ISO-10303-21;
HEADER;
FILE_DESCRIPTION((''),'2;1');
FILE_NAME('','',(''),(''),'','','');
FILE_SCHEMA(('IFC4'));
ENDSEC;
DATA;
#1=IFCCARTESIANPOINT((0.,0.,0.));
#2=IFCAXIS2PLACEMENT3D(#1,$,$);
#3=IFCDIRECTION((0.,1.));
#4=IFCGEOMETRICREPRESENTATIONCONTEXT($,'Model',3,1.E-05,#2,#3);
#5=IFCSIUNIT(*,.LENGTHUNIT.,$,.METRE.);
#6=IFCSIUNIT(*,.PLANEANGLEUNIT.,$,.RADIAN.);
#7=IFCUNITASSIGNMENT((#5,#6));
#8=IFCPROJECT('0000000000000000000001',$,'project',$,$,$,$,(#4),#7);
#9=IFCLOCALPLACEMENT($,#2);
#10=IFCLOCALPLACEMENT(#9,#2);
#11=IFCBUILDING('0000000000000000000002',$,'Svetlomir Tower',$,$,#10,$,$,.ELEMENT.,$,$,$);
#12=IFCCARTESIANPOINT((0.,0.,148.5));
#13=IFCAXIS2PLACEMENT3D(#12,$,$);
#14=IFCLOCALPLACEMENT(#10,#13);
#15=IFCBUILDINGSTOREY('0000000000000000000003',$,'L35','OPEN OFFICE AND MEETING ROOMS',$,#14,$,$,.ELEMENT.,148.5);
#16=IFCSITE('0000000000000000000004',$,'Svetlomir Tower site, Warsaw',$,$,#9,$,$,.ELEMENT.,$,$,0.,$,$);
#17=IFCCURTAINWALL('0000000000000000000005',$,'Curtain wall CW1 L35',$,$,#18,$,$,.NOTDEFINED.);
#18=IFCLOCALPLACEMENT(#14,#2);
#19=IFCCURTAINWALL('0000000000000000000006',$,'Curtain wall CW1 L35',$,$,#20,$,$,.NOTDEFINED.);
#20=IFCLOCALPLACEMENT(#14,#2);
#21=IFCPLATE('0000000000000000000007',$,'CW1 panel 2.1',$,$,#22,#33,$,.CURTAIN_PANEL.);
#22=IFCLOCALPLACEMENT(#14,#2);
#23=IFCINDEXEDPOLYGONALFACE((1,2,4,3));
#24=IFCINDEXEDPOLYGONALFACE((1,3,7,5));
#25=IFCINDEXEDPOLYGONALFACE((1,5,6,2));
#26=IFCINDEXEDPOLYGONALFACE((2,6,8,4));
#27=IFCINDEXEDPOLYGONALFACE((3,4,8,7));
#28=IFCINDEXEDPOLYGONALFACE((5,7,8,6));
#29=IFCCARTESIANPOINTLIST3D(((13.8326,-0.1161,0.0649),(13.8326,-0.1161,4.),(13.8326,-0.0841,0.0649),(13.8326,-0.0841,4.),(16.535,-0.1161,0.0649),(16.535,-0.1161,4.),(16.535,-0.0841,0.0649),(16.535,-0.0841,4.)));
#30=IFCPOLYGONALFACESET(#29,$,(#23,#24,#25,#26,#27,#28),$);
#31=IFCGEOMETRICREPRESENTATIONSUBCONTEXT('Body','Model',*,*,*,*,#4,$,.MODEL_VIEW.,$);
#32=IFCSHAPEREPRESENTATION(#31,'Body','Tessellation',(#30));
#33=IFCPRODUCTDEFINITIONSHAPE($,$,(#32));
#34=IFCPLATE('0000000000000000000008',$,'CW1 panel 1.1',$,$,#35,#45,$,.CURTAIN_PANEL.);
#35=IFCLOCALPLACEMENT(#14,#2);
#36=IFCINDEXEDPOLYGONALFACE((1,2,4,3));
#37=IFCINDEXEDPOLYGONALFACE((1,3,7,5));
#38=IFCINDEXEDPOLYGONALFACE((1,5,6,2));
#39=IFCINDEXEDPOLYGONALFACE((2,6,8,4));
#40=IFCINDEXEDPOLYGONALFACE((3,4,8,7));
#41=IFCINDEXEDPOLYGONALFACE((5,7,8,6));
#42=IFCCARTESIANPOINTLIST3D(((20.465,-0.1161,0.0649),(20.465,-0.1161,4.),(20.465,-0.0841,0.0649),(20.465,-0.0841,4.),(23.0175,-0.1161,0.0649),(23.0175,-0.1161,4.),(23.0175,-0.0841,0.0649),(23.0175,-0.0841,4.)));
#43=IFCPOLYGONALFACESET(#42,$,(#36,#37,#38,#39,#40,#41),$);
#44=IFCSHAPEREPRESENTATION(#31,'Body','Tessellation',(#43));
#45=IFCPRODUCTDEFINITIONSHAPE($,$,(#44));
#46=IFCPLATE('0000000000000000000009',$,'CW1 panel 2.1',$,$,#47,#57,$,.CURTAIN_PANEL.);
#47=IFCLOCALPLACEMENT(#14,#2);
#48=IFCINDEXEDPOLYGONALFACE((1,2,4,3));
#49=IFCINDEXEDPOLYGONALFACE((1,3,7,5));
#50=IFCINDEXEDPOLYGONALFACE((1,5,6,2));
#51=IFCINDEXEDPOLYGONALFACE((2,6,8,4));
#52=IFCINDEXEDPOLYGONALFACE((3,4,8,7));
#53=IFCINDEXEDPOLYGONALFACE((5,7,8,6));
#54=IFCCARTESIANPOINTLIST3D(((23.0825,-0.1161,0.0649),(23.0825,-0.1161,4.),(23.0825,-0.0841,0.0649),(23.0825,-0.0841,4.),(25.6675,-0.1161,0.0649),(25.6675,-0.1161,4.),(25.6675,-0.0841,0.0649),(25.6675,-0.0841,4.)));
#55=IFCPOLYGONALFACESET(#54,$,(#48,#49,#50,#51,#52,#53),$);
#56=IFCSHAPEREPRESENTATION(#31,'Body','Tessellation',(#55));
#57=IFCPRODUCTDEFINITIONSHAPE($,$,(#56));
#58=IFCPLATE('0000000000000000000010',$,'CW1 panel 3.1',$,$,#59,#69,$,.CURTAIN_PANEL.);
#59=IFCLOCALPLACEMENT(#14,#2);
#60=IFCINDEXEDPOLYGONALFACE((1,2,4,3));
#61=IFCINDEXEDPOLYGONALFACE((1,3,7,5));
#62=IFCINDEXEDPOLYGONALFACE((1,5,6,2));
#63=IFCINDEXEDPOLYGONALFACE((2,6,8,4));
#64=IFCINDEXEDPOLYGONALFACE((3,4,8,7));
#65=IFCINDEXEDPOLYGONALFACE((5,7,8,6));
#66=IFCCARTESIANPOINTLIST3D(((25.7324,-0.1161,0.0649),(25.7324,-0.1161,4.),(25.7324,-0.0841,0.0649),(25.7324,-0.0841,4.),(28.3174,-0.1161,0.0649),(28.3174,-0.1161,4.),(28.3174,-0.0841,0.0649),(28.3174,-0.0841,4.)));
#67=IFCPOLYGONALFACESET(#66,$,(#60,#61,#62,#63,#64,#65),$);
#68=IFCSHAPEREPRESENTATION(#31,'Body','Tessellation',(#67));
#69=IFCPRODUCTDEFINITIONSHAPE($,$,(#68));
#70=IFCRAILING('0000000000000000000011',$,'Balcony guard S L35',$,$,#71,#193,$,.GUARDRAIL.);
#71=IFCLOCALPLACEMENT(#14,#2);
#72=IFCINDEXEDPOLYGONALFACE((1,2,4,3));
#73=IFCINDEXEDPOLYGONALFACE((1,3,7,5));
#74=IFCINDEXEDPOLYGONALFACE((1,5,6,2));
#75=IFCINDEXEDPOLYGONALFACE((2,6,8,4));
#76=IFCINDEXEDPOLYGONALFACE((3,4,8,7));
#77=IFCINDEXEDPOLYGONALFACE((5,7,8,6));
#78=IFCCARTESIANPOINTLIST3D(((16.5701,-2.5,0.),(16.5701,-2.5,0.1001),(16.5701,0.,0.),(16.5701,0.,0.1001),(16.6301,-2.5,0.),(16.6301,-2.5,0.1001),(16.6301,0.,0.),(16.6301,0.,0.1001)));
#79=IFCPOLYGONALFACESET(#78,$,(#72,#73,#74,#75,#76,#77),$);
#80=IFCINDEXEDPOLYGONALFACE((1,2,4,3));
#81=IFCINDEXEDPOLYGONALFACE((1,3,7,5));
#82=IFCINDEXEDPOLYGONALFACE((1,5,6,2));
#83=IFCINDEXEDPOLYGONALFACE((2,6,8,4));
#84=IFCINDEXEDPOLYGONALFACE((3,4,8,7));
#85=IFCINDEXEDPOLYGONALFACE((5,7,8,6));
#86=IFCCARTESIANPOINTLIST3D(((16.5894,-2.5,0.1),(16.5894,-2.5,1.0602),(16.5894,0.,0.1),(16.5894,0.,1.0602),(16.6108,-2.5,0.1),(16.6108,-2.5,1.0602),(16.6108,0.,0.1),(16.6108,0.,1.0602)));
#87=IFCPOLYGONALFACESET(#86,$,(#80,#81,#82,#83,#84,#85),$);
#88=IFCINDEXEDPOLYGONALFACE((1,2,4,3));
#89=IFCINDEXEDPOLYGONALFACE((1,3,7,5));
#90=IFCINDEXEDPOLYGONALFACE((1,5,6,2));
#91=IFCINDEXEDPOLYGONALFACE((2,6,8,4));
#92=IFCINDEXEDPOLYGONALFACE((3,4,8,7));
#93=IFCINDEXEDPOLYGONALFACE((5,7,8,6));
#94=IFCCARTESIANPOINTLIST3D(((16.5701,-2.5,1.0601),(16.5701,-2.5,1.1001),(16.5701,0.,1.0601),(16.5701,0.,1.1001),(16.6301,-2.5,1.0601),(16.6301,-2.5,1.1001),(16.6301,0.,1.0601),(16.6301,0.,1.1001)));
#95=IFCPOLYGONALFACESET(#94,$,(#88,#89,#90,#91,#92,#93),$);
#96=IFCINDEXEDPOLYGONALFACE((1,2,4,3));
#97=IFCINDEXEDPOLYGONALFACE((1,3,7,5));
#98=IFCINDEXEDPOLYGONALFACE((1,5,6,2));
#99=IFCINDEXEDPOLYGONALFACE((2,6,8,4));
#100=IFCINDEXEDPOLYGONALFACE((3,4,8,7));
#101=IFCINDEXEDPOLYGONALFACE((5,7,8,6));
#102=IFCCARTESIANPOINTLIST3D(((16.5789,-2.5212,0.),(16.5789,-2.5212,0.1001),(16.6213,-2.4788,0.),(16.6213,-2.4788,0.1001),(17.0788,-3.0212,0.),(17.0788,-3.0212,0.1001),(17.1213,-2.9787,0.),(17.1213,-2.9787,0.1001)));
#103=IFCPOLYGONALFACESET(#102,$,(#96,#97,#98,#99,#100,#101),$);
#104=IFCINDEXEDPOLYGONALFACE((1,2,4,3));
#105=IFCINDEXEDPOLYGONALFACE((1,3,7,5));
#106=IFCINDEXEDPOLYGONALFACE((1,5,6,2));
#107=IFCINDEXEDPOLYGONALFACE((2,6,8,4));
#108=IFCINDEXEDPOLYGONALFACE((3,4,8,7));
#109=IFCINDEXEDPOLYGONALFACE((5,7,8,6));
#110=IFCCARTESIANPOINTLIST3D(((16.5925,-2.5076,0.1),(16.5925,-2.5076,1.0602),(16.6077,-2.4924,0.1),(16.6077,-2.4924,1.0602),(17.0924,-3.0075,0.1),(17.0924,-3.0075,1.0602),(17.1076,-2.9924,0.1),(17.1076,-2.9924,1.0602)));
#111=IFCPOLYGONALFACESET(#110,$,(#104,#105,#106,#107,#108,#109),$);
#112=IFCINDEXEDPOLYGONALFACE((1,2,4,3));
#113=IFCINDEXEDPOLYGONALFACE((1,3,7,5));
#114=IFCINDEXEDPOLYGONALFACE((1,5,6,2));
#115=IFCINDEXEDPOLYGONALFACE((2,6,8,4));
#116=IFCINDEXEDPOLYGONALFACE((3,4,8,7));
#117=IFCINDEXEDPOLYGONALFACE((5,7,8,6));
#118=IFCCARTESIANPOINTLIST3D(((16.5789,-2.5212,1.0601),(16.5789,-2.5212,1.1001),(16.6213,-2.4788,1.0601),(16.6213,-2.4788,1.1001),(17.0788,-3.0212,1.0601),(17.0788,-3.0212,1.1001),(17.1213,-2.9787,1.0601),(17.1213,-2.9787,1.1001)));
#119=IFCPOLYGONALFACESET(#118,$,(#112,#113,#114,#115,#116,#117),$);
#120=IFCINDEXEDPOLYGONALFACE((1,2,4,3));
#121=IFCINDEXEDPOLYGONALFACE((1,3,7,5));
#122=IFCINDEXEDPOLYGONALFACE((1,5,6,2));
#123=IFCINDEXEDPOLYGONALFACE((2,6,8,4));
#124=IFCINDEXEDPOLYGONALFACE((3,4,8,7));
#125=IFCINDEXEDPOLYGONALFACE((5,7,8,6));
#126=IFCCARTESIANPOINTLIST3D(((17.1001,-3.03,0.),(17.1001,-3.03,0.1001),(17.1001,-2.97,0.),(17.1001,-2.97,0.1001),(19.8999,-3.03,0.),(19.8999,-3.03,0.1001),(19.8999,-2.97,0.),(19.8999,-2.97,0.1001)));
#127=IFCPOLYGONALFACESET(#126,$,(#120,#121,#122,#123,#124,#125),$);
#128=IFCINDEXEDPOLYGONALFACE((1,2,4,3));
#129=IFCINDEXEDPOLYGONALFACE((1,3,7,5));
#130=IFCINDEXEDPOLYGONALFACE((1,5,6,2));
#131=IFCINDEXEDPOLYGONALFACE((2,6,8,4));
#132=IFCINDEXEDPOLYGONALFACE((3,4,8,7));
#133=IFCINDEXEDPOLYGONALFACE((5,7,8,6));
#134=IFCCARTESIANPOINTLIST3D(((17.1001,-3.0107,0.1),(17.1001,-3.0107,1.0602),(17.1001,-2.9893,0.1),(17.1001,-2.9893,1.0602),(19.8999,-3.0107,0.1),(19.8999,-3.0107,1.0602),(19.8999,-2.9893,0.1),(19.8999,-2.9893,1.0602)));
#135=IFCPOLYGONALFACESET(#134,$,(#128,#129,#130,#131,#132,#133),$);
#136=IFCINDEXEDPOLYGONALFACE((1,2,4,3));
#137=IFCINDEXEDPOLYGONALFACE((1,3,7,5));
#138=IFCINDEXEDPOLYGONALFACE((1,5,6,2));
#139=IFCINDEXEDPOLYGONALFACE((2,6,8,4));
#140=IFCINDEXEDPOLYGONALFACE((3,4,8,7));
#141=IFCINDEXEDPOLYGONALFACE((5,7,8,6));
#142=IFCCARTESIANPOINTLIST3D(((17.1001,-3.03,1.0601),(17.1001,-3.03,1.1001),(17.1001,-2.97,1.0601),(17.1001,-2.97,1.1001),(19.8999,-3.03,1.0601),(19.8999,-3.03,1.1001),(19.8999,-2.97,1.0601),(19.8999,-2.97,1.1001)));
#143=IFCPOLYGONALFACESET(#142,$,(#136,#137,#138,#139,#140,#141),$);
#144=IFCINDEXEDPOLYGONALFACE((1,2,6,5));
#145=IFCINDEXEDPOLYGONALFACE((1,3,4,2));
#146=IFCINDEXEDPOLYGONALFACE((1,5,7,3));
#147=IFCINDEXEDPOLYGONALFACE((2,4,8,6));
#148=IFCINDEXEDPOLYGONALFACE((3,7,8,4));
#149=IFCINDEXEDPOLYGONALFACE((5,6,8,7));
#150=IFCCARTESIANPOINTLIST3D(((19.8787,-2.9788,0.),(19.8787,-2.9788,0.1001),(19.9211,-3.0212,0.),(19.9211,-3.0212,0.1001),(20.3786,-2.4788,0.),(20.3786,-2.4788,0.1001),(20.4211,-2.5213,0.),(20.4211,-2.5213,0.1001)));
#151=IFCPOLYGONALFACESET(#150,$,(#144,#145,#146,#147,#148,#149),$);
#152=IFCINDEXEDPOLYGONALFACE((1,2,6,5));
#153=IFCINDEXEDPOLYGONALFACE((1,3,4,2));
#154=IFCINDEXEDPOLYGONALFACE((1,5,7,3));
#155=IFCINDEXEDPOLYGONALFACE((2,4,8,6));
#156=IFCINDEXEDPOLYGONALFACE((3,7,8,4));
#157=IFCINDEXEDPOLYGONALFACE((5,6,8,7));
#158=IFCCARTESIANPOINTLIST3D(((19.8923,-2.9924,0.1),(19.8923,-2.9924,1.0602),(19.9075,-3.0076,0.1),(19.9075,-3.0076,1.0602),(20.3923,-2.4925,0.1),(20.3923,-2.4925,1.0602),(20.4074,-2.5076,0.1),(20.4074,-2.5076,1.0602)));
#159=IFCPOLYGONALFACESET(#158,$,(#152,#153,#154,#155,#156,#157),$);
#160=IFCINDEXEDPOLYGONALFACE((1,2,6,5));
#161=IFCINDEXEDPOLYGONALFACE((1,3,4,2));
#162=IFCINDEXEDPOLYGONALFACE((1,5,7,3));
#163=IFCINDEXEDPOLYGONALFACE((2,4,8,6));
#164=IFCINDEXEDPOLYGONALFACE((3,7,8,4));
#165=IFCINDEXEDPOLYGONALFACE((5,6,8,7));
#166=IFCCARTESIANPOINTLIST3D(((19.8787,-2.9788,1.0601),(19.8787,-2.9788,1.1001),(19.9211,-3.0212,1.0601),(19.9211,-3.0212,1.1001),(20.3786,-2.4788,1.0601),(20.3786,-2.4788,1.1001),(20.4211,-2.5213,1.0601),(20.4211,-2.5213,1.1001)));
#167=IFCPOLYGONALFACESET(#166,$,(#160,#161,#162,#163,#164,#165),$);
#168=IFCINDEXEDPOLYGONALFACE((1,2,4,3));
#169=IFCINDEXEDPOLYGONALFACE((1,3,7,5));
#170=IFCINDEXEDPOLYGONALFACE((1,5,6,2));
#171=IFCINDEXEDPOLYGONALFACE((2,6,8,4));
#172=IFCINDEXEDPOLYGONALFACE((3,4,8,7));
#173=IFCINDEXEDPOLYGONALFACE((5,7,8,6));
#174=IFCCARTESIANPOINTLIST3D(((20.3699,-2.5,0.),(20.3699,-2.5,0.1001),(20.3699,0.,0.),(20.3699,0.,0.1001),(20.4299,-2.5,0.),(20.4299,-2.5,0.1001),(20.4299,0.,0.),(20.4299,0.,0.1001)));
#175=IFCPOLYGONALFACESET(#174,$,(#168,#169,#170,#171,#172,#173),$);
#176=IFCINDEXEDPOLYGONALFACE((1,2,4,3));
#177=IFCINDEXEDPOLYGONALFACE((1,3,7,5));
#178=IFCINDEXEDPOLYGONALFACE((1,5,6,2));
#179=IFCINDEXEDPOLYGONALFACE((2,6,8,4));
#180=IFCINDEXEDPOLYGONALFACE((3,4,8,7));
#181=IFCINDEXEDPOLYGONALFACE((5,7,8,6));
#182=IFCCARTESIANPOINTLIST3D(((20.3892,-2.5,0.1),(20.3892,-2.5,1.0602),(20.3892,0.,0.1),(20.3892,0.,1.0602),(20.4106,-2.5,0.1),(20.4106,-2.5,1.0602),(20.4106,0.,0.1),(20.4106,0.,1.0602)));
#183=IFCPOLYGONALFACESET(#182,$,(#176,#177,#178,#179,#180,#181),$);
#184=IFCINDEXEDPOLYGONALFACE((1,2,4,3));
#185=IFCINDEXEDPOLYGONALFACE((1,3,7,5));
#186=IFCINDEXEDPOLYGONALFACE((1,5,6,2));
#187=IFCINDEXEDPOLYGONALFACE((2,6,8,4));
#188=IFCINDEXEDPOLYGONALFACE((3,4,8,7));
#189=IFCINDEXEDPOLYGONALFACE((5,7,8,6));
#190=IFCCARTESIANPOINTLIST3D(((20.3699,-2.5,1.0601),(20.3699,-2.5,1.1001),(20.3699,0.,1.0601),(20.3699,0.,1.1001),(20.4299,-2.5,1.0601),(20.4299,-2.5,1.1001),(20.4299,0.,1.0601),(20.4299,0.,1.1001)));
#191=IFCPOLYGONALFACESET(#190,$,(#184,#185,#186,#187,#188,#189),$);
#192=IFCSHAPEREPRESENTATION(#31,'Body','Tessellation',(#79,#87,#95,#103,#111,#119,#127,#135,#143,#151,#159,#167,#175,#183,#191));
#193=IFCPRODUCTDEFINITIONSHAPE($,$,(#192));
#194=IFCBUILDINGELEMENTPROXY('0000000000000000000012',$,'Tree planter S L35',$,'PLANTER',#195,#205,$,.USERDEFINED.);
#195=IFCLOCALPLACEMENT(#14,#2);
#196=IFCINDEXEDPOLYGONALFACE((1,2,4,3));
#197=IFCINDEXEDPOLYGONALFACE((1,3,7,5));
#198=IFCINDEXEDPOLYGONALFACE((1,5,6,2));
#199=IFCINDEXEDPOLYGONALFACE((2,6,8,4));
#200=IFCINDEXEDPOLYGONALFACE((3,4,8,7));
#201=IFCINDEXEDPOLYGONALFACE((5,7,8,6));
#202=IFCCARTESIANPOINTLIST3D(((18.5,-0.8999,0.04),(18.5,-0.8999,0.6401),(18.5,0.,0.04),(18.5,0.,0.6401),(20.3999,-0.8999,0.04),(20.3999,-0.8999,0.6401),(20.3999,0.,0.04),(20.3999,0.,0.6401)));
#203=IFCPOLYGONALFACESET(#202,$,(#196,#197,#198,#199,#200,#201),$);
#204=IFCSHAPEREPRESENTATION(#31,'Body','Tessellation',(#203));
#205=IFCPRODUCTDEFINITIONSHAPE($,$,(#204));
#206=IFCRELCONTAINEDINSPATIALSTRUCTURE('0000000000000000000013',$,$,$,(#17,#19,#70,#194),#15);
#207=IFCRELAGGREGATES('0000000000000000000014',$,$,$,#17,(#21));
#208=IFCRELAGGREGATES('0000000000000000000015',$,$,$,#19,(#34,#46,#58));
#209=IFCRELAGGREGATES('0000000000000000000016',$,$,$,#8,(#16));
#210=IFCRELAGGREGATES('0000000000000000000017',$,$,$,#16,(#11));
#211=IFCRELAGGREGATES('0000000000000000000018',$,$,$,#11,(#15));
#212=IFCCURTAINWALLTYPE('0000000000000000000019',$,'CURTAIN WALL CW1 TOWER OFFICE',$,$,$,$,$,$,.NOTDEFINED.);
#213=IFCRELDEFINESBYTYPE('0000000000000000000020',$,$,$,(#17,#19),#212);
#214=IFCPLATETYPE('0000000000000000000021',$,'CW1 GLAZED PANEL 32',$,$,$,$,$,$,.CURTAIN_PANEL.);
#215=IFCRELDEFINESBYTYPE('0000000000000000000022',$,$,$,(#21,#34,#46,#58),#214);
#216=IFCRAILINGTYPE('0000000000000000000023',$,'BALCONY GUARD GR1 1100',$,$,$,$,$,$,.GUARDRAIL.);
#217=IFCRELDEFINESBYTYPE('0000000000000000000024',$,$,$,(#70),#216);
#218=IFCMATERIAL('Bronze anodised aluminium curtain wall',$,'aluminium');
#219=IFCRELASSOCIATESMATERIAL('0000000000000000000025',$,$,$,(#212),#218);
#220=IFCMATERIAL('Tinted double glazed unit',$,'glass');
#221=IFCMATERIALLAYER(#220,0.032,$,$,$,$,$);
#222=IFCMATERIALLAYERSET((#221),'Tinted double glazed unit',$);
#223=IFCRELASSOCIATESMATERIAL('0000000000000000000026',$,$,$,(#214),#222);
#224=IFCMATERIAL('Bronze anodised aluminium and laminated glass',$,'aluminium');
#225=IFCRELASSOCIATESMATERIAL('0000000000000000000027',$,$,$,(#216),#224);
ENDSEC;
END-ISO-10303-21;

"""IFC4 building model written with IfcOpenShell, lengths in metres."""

from ifc_helpers import new_model, si_unit, direction, frame, origin, origin_2d, place, context, subcontext, project, spatial, rectangle, extrude, material, layer, layer_set, type_object, element, aggregate, save


model = new_model("IFC4")

# Units and contexts
model_context = context("Model", 3, precision=1e-05, world=origin(), true_north=direction((0.0, 1.0)))
body_context = subcontext(model_context, "Body", "Model", "MODEL_VIEW")
ifc_project = project(units=[si_unit("LENGTHUNIT", "METRE"), si_unit("PLANEANGLEUNIT", "RADIAN")], contexts=[model_context])

# Site, building, storey
site_placement = place(None, origin())
site = spatial("IfcSite", under=ifc_project, at=site_placement, Name="Svetlomir Tower site, Warsaw", CompositionType="ELEMENT", RefElevation=0.0)
building_placement = place(site_placement, origin())
building = spatial("IfcBuilding", under=site, at=building_placement, Name="Svetlomir Tower", CompositionType="ELEMENT")
storey_placement = place(building_placement, frame((0.0, 0.0, 148.5)))
storey = spatial("IfcBuildingStorey", under=building, at=storey_placement, Name="L35", Description="OPEN OFFICE AND MEETING ROOMS", CompositionType="ELEMENT", Elevation=148.5)

# Curtain wall
ifc_material_1 = material(Name="Bronze anodised aluminium curtain wall", Category="aluminium")
curtain_wall_type = type_object("IfcCurtainWallType", Name="CURTAIN WALL CW1 TOWER OFFICE", PredefinedType="NOTDEFINED", material=ifc_material_1)
curtain_wall_1_placement = place(storey_placement, origin())
curtain_wall_1 = element("IfcCurtainWall", 1, at=curtain_wall_1_placement, inside=storey, type_object=curtain_wall_type, Name="Curtain wall CW1 L35", PredefinedType="NOTDEFINED")

# Curtain wall
curtain_wall_2_placement = place(storey_placement, origin())
curtain_wall_2 = element("IfcCurtainWall", 2, at=curtain_wall_2_placement, inside=storey, type_object=curtain_wall_type, Name="Curtain wall CW1 L35", PredefinedType="NOTDEFINED")

# Plates
ifc_material_2 = material(Name="Tinted double glazed unit", Category="glass")
ifc_layer_1 = layer(ifc_material_2, 0.032)
ifc_layer_set_1 = layer_set([ifc_layer_1], Name="Tinted double glazed unit")
plate_type = type_object("IfcPlateType", Name="CW1 GLAZED PANEL 32", PredefinedType="CURTAIN_PANEL", material=ifc_layer_set_1)
plate_1_placement = place(storey_placement, frame((15.1838, -0.1001, 0.0649), z_axis=(0.0, 0.0, 1.0), x_axis=(1.0, 0.0, 0.0)))
plate_1 = element("IfcPlate", 3, at=plate_1_placement, type_object=plate_type, Name="CW1 panel 2.1", PredefinedType="CURTAIN_PANEL", context=body_context, shape_type="SweptSolid", body=[
    extrude(rectangle(XDim=2.7024, YDim=0.032, at=origin_2d()), origin(), (0.0, 0.0, 1.0), 3.9351),
])
aggregate(curtain_wall_1, [plate_1])
plate_2_placement = place(storey_placement, frame((21.7412, -0.1001, 0.0649), z_axis=(0.0, 0.0, 1.0), x_axis=(1.0, 0.0, 0.0)))
plate_2 = element("IfcPlate", 4, at=plate_2_placement, type_object=plate_type, Name="CW1 panel 1.1", PredefinedType="CURTAIN_PANEL", context=body_context, shape_type="SweptSolid", body=[
    extrude(rectangle(XDim=2.5525, YDim=0.032, at=origin_2d()), origin(), (0.0, 0.0, 1.0), 3.9351),
])
plate_3_placement = place(storey_placement, frame((24.375, -0.1001, 0.0649), z_axis=(0.0, 0.0, 1.0), x_axis=(1.0, 0.0, 0.0)))
plate_3 = element("IfcPlate", 5, at=plate_3_placement, type_object=plate_type, Name="CW1 panel 2.1", PredefinedType="CURTAIN_PANEL", context=body_context, shape_type="SweptSolid", body=[
    extrude(rectangle(XDim=2.585, YDim=0.032, at=origin_2d()), origin(), (0.0, 0.0, 1.0), 3.9351),
])
plate_4_placement = place(storey_placement, frame((27.0249, -0.1001, 0.0649), z_axis=(0.0, 0.0, 1.0), x_axis=(1.0, 0.0, 0.0)))
plate_4 = element("IfcPlate", 6, at=plate_4_placement, type_object=plate_type, Name="CW1 panel 3.1", PredefinedType="CURTAIN_PANEL", context=body_context, shape_type="SweptSolid", body=[
    extrude(rectangle(XDim=2.585, YDim=0.032, at=origin_2d()), origin(), (0.0, 0.0, 1.0), 3.9351),
])
aggregate(curtain_wall_2, [plate_2, plate_3, plate_4])

# Railing
ifc_material_3 = material(Name="Bronze anodised aluminium and laminated glass", Category="aluminium")
railing_type = type_object("IfcRailingType", Name="BALCONY GUARD GR1 1100", PredefinedType="GUARDRAIL", material=ifc_material_3)
railing_placement = place(storey_placement, frame((16.6001, 0.0, 0.0)))
element("IfcRailing", 7, at=railing_placement, inside=storey, type_object=railing_type, Name="Balcony guard S L35", PredefinedType="GUARDRAIL", context=body_context, shape_type="SweptSolid", body=[
    extrude(rectangle(XDim=0.0601, YDim=0.1001, at=origin_2d()), frame((0.0, 0.0, 0.05), z_axis=(0.0, -1.0, 0.0), x_axis=(1.0, 0.0, 0.0)), (0.0, 0.0, 1.0), 2.5),
    extrude(rectangle(XDim=0.0215, YDim=0.9602, at=origin_2d()), frame((0.0, 0.0, 0.5801), z_axis=(0.0, -1.0, 0.0), x_axis=(1.0, 0.0, 0.0)), (0.0, 0.0, 1.0), 2.5),
    extrude(rectangle(XDim=0.0601, YDim=0.04, at=origin_2d()), frame((0.0, 0.0, 1.0801), z_axis=(0.0, -1.0, 0.0), x_axis=(1.0, 0.0, 0.0)), (0.0, 0.0, 1.0), 2.5),
    extrude(rectangle(XDim=0.0601, YDim=0.1001, at=origin_2d()), frame((0.0, -2.5, 0.05), z_axis=(0.707107, -0.707107, 0.0), x_axis=(0.707107, 0.707107, 0.0)), (0.0, 0.0, 1.0), 0.707),
    extrude(rectangle(XDim=0.0215, YDim=0.9602, at=origin_2d()), frame((0.0, -2.5, 0.5801), z_axis=(0.707107, -0.707107, 0.0), x_axis=(0.707107, 0.707107, 0.0)), (0.0, 0.0, 1.0), 0.707),
    extrude(rectangle(XDim=0.0601, YDim=0.04, at=origin_2d()), frame((0.0, -2.5, 1.0801), z_axis=(0.707107, -0.707107, 0.0), x_axis=(0.707107, 0.707107, 0.0)), (0.0, 0.0, 1.0), 0.707),
    extrude(rectangle(XDim=0.0601, YDim=0.1001, at=origin_2d()), frame((0.5, -3.0, 0.05), z_axis=(1.0, 0.0, 0.0), x_axis=(0.0, 1.0, 0.0)), (0.0, 0.0, 1.0), 2.7998),
    extrude(rectangle(XDim=0.0215, YDim=0.9602, at=origin_2d()), frame((0.5, -3.0, 0.5801), z_axis=(1.0, 0.0, 0.0), x_axis=(0.0, 1.0, 0.0)), (0.0, 0.0, 1.0), 2.7998),
    extrude(rectangle(XDim=0.0601, YDim=0.04, at=origin_2d()), frame((0.5, -3.0, 1.0801), z_axis=(1.0, 0.0, 0.0), x_axis=(0.0, 1.0, 0.0)), (0.0, 0.0, 1.0), 2.7998),
    extrude(rectangle(XDim=0.0601, YDim=0.1001, at=origin_2d()), frame((3.2998, -3.0, 0.05), z_axis=(0.707107, 0.707107, 0.0), x_axis=(-0.707107, 0.707107, 0.0)), (0.0, 0.0, 1.0), 0.707),
    extrude(rectangle(XDim=0.0215, YDim=0.9602, at=origin_2d()), frame((3.2998, -3.0, 0.5801), z_axis=(0.707107, 0.707107, 0.0), x_axis=(-0.707107, 0.707107, 0.0)), (0.0, 0.0, 1.0), 0.707),
    extrude(rectangle(XDim=0.0601, YDim=0.04, at=origin_2d()), frame((3.2998, -3.0, 1.0801), z_axis=(0.707107, 0.707107, 0.0), x_axis=(-0.707107, 0.707107, 0.0)), (0.0, 0.0, 1.0), 0.707),
    extrude(rectangle(XDim=0.0601, YDim=0.1001, at=origin_2d()), frame((3.7998, -2.5, 0.05), z_axis=(0.0, 1.0, 0.0), x_axis=(-1.0, 0.0, 0.0)), (0.0, 0.0, 1.0), 2.5),
    extrude(rectangle(XDim=0.0215, YDim=0.9602, at=origin_2d()), frame((3.7998, -2.5, 0.5801), z_axis=(0.0, 1.0, 0.0), x_axis=(-1.0, 0.0, 0.0)), (0.0, 0.0, 1.0), 2.5),
    extrude(rectangle(XDim=0.0601, YDim=0.04, at=origin_2d()), frame((3.7998, -2.5, 1.0801), z_axis=(0.0, 1.0, 0.0), x_axis=(-1.0, 0.0, 0.0)), (0.0, 0.0, 1.0), 2.5),
])

# Building element proxy
proxy_placement = place(storey_placement, frame((19.45, -0.45, 0.04), z_axis=(0.0, 0.0, 1.0), x_axis=(1.0, 0.0, 0.0)))
element("IfcBuildingElementProxy", 8, at=proxy_placement, inside=storey, Name="Tree planter S L35", ObjectType="PLANTER", PredefinedType="USERDEFINED", context=body_context, shape_type="SweptSolid", body=[
    extrude(rectangle(XDim=1.8999, YDim=0.8999, at=origin_2d()), origin(), (0.0, 0.0, 1.0), 0.6001),
])

save(model, "model.ifc")
